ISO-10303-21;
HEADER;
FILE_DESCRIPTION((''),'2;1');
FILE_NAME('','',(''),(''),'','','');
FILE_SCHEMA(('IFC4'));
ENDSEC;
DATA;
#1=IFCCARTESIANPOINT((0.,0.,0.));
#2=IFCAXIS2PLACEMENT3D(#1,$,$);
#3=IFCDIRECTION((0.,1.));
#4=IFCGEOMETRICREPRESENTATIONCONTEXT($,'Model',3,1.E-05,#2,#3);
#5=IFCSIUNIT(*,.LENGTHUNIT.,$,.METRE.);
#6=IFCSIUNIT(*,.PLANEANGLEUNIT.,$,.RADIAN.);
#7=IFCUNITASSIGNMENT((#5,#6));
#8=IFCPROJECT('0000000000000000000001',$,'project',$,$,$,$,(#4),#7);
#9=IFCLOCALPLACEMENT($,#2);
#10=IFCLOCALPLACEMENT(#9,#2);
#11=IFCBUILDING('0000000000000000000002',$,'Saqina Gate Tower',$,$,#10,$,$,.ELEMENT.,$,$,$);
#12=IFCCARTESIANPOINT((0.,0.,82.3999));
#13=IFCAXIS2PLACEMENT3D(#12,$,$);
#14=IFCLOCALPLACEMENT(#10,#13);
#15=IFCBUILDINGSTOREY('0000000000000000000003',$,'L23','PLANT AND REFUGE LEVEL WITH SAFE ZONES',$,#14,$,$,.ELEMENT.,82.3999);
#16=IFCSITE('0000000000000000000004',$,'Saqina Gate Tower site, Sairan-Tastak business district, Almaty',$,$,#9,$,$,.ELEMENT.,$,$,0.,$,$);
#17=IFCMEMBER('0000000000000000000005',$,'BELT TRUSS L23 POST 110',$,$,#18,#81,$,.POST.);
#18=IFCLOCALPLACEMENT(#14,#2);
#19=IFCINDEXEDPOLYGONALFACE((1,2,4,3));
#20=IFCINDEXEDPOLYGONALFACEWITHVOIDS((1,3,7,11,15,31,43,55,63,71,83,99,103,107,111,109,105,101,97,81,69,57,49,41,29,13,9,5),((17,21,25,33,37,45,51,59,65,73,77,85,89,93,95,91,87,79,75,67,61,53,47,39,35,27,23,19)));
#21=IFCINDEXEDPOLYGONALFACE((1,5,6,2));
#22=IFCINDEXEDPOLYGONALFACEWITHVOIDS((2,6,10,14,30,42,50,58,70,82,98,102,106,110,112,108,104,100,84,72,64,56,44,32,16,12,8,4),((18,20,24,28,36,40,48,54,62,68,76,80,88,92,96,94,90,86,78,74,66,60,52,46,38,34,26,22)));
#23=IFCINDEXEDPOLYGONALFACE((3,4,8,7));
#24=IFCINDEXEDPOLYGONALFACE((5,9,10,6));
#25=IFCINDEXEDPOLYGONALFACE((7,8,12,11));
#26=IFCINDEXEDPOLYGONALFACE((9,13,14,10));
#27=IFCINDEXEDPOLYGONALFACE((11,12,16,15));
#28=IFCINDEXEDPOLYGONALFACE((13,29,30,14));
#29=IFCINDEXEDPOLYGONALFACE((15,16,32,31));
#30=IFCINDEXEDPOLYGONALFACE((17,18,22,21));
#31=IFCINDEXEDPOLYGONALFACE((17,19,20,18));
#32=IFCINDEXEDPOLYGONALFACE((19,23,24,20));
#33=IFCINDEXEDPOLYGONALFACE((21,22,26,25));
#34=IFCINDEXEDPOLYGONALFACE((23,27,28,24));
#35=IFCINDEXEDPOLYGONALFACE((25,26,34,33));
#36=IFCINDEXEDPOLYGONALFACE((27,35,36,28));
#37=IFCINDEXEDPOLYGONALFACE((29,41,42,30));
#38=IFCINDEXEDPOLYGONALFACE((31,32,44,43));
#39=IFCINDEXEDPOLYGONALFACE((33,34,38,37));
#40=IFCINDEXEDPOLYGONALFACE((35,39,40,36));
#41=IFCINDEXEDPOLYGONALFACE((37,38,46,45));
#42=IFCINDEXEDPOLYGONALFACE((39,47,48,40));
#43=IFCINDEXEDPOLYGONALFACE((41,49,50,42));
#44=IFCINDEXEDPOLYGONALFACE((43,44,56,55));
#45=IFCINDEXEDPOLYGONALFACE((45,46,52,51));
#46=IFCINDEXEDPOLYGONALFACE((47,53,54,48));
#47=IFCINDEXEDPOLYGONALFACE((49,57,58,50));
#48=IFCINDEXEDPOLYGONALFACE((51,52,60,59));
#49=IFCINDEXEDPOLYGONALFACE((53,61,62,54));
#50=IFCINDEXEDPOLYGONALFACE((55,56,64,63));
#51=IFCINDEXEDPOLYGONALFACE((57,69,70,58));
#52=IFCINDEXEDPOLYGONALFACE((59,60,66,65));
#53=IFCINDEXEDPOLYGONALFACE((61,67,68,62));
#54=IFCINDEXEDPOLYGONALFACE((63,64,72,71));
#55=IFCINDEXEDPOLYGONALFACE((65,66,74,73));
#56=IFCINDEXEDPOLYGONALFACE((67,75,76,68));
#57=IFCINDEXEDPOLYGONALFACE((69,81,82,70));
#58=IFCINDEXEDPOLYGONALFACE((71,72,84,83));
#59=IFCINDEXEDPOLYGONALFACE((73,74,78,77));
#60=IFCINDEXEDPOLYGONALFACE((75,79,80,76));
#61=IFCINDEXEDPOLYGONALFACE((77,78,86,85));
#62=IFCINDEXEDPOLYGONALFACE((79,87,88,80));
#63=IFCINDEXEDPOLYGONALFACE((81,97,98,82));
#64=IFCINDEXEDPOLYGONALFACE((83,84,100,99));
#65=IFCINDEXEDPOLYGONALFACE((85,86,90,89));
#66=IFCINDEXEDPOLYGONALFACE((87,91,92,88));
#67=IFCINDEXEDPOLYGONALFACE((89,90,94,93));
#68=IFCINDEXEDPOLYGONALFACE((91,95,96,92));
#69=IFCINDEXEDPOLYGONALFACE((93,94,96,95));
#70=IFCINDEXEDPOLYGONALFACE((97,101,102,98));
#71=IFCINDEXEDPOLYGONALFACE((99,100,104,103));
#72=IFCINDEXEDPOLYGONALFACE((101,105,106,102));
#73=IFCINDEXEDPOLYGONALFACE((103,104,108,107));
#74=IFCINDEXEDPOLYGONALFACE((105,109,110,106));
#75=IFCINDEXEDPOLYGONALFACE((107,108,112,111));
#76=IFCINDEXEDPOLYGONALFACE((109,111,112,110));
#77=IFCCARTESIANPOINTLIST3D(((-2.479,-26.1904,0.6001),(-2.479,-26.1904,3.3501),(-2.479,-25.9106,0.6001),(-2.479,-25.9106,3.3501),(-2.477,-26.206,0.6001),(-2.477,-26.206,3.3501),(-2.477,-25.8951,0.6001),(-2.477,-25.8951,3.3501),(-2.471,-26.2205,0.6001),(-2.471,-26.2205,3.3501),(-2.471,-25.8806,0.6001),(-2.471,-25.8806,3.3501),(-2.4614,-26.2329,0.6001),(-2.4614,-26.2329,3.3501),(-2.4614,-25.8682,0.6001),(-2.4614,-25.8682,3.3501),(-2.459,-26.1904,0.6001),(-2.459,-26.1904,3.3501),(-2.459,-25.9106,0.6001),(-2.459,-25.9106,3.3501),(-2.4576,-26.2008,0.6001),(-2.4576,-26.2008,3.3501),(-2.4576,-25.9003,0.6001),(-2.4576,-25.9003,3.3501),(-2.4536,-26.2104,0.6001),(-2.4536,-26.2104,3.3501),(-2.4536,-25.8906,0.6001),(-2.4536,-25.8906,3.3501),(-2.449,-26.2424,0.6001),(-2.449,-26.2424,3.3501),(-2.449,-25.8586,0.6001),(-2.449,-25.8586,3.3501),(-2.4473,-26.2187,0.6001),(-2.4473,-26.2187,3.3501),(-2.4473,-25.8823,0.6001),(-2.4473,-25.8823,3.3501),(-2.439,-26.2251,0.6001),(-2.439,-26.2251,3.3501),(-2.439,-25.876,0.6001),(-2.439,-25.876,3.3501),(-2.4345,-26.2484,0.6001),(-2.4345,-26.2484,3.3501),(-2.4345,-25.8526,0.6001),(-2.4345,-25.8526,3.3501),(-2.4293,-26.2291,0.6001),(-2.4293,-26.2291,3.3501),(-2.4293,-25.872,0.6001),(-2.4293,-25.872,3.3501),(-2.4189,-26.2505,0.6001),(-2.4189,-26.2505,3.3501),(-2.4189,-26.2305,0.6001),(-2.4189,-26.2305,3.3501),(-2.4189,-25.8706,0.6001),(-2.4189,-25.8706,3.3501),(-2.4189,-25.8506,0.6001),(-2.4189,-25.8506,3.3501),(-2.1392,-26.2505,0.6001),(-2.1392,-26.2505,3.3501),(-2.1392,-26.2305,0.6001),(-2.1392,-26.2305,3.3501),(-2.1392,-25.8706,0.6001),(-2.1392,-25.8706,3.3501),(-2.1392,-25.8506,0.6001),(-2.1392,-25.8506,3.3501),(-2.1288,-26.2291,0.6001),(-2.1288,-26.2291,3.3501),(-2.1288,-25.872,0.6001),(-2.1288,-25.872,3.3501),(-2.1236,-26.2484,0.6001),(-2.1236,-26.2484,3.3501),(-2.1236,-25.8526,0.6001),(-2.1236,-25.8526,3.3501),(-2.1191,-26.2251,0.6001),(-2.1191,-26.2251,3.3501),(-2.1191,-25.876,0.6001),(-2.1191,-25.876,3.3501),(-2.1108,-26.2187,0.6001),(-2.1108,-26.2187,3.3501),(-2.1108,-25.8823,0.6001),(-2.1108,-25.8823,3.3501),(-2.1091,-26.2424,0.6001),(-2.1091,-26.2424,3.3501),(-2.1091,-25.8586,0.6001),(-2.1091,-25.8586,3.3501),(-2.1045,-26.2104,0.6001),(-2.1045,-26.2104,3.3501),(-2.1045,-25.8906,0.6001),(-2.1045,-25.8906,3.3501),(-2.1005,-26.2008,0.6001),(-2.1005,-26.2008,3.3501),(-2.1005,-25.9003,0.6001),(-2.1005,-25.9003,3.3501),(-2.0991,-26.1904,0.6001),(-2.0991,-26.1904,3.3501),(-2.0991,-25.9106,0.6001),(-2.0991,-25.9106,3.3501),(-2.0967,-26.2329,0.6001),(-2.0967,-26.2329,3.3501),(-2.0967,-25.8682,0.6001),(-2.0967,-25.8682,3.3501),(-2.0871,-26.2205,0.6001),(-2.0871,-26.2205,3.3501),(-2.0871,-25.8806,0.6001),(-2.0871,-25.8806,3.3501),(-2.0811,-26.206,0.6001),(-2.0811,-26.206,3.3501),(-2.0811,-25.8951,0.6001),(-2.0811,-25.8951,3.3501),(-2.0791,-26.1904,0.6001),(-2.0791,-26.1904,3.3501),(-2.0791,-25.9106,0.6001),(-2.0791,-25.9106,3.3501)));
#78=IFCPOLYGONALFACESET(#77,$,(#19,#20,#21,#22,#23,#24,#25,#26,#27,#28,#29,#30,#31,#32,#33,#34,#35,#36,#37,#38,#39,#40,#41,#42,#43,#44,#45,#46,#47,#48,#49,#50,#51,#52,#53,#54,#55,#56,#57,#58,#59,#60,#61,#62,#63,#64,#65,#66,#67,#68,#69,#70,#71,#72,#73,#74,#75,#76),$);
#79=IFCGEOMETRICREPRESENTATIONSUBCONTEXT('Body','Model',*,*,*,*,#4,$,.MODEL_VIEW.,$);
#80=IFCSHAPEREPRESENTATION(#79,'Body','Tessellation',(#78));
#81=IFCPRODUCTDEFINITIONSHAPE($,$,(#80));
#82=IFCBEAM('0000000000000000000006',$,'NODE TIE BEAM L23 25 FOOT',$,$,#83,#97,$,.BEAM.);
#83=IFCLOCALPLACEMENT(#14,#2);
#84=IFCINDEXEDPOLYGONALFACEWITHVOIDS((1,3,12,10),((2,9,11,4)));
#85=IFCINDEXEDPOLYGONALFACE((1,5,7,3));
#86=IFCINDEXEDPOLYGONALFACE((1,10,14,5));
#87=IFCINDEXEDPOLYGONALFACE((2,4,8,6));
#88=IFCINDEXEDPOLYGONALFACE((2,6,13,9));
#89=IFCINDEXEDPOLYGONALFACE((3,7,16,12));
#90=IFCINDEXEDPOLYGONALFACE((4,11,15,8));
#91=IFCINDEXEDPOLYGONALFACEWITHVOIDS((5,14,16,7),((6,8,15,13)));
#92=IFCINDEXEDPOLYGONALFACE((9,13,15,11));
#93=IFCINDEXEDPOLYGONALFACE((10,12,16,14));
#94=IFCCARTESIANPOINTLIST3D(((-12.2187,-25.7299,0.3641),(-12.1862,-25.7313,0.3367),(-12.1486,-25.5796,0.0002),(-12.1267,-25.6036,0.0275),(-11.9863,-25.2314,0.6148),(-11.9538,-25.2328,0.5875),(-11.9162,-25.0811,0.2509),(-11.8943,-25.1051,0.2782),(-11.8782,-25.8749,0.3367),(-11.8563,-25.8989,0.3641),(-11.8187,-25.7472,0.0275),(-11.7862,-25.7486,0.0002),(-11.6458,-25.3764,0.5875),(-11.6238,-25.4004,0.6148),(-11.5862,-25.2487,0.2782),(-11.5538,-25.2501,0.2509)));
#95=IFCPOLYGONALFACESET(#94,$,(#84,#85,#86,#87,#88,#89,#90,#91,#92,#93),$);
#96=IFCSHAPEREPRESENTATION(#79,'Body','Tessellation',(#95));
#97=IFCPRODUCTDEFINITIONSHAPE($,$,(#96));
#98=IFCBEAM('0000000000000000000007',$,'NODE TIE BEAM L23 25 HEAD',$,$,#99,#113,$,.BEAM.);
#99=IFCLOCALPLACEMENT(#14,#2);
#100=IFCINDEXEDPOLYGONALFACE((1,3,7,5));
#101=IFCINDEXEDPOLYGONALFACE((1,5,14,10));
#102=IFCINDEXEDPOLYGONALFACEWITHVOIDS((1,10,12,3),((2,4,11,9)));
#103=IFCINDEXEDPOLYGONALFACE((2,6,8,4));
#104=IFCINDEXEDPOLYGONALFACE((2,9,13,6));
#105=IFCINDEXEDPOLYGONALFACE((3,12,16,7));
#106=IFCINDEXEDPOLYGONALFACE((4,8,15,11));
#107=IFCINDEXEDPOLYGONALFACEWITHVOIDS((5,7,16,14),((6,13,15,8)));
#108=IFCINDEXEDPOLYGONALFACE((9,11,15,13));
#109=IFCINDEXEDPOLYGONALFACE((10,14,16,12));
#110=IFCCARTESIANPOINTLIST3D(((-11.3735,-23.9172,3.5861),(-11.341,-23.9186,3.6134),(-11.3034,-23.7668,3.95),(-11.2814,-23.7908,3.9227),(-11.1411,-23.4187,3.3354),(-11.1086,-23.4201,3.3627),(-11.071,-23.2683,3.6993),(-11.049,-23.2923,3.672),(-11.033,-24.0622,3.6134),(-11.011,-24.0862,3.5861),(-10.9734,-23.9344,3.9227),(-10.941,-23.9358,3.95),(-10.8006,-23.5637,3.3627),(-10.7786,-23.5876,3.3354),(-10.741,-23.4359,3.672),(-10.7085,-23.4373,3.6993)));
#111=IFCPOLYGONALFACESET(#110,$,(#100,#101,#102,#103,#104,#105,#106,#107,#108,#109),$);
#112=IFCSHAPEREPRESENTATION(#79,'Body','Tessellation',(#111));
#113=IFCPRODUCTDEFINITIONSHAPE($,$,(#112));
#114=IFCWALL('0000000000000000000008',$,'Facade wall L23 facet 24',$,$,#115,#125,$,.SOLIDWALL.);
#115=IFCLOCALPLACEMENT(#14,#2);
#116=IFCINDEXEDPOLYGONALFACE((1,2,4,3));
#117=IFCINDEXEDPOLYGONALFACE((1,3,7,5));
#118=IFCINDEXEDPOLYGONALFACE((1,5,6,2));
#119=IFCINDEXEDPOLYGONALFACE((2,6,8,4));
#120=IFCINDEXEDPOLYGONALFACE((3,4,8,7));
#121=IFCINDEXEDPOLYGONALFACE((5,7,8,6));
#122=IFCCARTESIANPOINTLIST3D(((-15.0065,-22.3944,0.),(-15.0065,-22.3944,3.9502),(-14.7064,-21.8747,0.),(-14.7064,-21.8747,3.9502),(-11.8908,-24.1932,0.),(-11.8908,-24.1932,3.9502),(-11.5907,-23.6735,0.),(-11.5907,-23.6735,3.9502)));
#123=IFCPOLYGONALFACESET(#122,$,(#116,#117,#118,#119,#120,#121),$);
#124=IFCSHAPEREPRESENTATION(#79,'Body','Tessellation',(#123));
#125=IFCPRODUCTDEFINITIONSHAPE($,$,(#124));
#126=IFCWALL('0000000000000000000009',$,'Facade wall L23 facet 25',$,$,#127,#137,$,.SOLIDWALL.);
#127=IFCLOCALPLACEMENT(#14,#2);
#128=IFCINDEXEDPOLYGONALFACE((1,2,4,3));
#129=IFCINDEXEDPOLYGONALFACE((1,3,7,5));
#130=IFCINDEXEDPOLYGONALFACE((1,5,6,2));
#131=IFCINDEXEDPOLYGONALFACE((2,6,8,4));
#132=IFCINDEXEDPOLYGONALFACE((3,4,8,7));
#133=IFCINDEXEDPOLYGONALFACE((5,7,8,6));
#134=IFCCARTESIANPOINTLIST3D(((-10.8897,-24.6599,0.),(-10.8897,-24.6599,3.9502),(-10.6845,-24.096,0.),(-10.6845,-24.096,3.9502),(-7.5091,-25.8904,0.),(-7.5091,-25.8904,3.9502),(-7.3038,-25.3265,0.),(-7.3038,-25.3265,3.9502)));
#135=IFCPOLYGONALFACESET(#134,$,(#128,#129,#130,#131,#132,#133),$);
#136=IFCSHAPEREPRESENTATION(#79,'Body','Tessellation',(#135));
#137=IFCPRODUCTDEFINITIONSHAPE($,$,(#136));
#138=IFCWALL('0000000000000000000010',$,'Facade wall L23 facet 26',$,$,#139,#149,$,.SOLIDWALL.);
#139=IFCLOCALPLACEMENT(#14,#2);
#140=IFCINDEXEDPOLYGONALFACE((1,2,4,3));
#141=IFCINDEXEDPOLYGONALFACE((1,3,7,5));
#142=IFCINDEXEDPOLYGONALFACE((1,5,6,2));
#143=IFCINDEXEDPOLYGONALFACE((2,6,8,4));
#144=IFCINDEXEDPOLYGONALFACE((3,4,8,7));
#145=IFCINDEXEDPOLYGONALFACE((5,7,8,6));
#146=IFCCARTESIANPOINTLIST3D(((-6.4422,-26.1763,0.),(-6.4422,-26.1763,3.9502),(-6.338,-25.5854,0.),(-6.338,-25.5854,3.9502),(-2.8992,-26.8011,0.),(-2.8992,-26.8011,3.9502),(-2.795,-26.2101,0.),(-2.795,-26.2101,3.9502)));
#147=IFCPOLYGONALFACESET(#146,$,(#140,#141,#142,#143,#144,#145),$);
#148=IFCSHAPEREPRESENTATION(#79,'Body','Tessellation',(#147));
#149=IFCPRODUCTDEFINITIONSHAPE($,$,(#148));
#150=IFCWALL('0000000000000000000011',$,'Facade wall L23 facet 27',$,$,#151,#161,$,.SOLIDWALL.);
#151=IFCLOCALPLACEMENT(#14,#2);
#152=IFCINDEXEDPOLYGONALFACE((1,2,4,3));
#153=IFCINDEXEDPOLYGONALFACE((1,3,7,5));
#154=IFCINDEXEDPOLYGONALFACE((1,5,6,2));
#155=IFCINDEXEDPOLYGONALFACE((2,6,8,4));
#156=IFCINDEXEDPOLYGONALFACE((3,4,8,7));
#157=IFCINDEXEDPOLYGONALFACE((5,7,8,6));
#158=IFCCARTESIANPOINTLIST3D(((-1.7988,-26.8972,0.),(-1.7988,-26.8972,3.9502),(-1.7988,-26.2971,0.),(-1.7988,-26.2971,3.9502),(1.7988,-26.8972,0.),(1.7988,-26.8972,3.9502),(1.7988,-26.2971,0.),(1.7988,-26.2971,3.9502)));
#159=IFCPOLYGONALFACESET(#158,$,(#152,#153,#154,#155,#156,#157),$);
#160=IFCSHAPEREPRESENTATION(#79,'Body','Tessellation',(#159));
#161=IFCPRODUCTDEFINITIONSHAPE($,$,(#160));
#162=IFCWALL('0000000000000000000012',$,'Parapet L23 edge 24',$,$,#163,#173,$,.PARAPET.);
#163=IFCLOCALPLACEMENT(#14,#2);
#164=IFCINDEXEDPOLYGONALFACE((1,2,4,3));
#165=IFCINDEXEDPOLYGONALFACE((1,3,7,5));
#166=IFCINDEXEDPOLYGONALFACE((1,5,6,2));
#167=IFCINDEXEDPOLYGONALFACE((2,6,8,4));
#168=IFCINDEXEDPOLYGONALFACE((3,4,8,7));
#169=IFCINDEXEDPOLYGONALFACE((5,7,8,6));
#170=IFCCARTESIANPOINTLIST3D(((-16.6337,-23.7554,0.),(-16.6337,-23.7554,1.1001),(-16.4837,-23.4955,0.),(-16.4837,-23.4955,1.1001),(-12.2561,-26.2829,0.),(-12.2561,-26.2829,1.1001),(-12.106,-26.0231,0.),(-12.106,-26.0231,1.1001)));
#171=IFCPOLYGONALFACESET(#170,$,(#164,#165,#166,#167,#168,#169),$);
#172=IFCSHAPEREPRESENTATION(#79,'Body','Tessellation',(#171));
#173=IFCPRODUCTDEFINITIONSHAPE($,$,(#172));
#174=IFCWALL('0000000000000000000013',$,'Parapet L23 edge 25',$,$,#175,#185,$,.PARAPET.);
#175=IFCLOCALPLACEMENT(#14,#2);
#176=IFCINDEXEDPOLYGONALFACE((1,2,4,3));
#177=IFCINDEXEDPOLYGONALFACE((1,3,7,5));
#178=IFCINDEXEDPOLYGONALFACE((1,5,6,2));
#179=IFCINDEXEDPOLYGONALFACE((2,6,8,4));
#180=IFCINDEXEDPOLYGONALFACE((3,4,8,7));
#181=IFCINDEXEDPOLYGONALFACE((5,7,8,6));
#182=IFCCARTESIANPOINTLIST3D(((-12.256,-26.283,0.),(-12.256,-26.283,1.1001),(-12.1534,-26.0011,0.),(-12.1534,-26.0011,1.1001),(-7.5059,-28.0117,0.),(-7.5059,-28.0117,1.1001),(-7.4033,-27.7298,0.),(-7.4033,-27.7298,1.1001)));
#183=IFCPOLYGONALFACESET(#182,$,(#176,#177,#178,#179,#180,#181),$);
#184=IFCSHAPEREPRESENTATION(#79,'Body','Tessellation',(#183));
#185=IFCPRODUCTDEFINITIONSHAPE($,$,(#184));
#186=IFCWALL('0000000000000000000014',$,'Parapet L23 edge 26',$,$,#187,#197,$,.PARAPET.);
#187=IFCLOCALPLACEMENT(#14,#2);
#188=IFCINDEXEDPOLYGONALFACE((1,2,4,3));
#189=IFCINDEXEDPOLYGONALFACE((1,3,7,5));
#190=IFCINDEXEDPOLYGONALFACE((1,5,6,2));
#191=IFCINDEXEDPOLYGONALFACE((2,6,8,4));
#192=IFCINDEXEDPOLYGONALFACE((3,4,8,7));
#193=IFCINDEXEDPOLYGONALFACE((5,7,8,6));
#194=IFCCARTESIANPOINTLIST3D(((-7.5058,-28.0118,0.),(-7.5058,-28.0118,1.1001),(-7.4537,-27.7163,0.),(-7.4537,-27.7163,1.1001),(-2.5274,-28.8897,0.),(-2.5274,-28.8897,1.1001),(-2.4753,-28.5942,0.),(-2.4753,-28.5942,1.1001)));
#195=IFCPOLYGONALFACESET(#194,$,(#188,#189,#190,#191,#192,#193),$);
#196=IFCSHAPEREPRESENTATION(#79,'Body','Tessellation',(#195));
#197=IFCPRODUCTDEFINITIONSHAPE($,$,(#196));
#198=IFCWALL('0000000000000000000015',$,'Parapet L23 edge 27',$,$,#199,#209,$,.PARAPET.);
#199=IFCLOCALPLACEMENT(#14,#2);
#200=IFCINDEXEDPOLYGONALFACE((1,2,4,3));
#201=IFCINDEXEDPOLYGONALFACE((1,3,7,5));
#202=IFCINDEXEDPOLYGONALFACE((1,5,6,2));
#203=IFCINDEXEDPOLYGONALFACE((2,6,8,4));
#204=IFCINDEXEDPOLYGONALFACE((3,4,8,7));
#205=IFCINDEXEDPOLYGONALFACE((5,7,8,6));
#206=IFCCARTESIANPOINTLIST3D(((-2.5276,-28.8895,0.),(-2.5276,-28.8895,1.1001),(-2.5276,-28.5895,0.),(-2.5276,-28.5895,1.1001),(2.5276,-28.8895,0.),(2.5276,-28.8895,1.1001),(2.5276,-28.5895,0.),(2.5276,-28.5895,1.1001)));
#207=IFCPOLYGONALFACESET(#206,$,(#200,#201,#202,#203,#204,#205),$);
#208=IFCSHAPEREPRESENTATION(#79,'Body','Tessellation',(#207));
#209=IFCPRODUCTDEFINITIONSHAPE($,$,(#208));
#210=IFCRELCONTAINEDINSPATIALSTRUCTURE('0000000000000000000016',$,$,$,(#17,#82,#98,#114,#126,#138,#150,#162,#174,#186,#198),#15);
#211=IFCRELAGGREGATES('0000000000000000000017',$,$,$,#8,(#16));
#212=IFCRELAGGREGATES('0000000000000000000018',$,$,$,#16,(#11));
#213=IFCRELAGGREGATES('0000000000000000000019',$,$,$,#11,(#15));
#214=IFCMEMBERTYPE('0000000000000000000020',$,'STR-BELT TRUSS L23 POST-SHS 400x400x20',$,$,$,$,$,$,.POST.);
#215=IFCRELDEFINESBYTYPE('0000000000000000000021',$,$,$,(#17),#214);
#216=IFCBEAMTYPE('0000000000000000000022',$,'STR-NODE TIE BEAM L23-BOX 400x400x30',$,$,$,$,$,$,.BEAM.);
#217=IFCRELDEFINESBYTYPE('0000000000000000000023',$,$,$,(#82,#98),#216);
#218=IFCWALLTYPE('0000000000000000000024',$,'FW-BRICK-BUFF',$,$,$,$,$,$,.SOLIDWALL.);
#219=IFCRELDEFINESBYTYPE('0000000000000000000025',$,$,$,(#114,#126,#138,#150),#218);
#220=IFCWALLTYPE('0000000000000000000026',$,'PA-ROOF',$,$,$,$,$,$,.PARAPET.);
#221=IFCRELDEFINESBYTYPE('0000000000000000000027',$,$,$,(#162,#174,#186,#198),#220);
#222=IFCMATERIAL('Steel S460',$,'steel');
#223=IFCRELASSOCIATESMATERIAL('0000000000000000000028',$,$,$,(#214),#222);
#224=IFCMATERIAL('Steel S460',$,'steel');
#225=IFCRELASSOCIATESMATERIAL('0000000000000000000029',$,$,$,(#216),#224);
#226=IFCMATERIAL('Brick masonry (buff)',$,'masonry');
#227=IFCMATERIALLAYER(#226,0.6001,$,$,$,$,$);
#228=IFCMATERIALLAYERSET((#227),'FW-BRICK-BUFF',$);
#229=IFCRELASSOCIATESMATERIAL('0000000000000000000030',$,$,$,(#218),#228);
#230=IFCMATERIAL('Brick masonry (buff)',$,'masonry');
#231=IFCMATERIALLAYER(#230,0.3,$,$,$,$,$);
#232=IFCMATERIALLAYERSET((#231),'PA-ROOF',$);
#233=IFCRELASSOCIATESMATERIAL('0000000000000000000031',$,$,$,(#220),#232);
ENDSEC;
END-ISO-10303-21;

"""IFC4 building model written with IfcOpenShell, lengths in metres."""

from ifc_helpers import new_model, si_unit, direction, frame, frame_2d, origin, origin_2d, place, context, subcontext, project, spatial, rectangle, hollow_rectangle, extrude, material, layer, layer_set, material_profile, profile_set, type_object, element, save


model = new_model("IFC4")

# Units and contexts
model_context = context("Model", 3, precision=1e-05, world=origin(), true_north=direction((0.0, 1.0)))
body_context = subcontext(model_context, "Body", "Model", "MODEL_VIEW")
ifc_project = project(units=[si_unit("LENGTHUNIT", "METRE"), si_unit("PLANEANGLEUNIT", "RADIAN")], contexts=[model_context])

# Site, building, storey
site_placement = place(None, origin())
site = spatial("IfcSite", under=ifc_project, at=site_placement, Name="Saqina Gate Tower site, Sairan-Tastak business district, Almaty", CompositionType="ELEMENT", RefElevation=0.0)
building_placement = place(site_placement, origin())
building = spatial("IfcBuilding", under=site, at=building_placement, Name="Saqina Gate Tower", CompositionType="ELEMENT")
storey_placement = place(building_placement, frame((0.0, 0.0, 82.3999)))
storey = spatial("IfcBuildingStorey", under=building, at=storey_placement, Name="L23", Description="PLANT AND REFUGE LEVEL WITH SAFE ZONES", CompositionType="ELEMENT", Elevation=82.3999)

# Member
ifc_material_1 = material(Name="Steel S460", Category="steel")
ifc_material_profile_1 = material_profile(ifc_material_1, hollow_rectangle(XDim=0.3999, YDim=0.3999, WallThickness=0.02, InnerFilletRadius=0.04, OuterFilletRadius=0.0601, at=origin_2d()), Name="SHS 400x400x20")
ifc_profile_set_1 = profile_set([ifc_material_profile_1], Name="Steel S460")
member_type_1 = type_object("IfcMemberType", Name="STR-BELT TRUSS L23 POST-SHS 400x400x20", PredefinedType="POST", material=ifc_profile_set_1)
for number, where, z_axis, x_axis, name in (
    (1, (-2.2791, -26.0505, 0.6001), (0.0, 0.0, 1.0), (1.0, 0.0, 0.0), "BELT TRUSS L23 POST 110"),
):
    element("IfcMember", number, at=place(storey_placement, frame(where, z_axis=z_axis, x_axis=x_axis)), inside=storey, type_object=member_type_1, Name=name, PredefinedType="POST", context=body_context, shape_type="SweptSolid", body=[
        extrude(hollow_rectangle(XDim=0.3999, YDim=0.3999, WallThickness=0.02, InnerFilletRadius=0.04, OuterFilletRadius=0.0601, at=origin_2d()), origin(), (0.0, 0.0, 1.0), 2.75),
    ])

# Beams
ifc_material_2 = material(Name="Steel S460", Category="steel")
ifc_material_profile_2 = material_profile(ifc_material_2, hollow_rectangle(XDim=0.3999, YDim=0.3999, WallThickness=0.03, at=origin_2d()), Name="BOX 400x400x30")
ifc_profile_set_2 = profile_set([ifc_material_profile_2], Name="Steel S460")
beam_type = type_object("IfcBeamType", Name="STR-NODE TIE BEAM L23-BOX 400x400x30", PredefinedType="BEAM", material=ifc_profile_set_2)
for number, where, z_axis, x_axis, name in (
    (2, (-12.0024, -25.7393, 0.1821), (0.384484, 0.824702, 0.414774), (-0.906342, 0.422545, 0.0), "NODE TIE BEAM L23 25 FOOT"),
    (3, (-10.9248, -23.428, 3.5173), (-0.384484, -0.824702, 0.414774), (0.906342, -0.422545, 0.0), "NODE TIE BEAM L23 25 HEAD"),
):
    element("IfcBeam", number, at=place(storey_placement, frame(where, z_axis=z_axis, x_axis=x_axis)), inside=storey, type_object=beam_type, Name=name, PredefinedType="BEAM", context=body_context, shape_type="SweptSolid", body=[
        extrude(hollow_rectangle(XDim=0.3999, YDim=0.3999, WallThickness=0.03, at=origin_2d()), origin(), (0.0, 0.0, 1.0), 0.6045),
    ])

# Walls
ifc_material_3 = material(Name="Brick masonry (buff)", Category="masonry")
ifc_layer_1 = layer(ifc_material_3, 0.6001)
ifc_layer_set_1 = layer_set([ifc_layer_1], Name="FW-BRICK-BUFF")
wall_type_1 = type_object("IfcWallType", Name="FW-BRICK-BUFF", PredefinedType="SOLIDWALL", material=ifc_layer_set_1)
for number, where, z_axis, x_axis, name in (
    (4, (-14.8564, -22.1345, 0.0), (0.0, 0.0, 1.0), (0.86603, -0.499993, 0.0), "Facade wall L23 facet 24"),
    (5, (-10.7871, -24.3779, 0.0), (0.0, 0.0, 1.0), (0.93969, -0.342026, 0.0), "Facade wall L23 facet 25"),
    (6, (-6.3901, -25.8809, 0.0), (0.0, 0.0, 1.0), (0.984806, -0.173658, 0.0), "Facade wall L23 facet 26"),
    (7, (-1.7988, -26.5972, 0.0), (0.0, 0.0, 1.0), (1.0, 0.0, 0.0), "Facade wall L23 facet 27"),
):
    element("IfcWall", number, at=place(storey_placement, frame(where, z_axis=z_axis, x_axis=x_axis)), inside=storey, type_object=wall_type_1, Name=name, PredefinedType="SOLIDWALL", context=body_context, shape_type="SweptSolid", body=[
        extrude(rectangle(XDim=3.5977, YDim=0.6001, at=frame_2d((1.7988, 0.0))), origin(), (0.0, 0.0, 1.0), 3.9502),
    ])
ifc_material_4 = material(Name="Brick masonry (buff)", Category="masonry")
ifc_layer_2 = layer(ifc_material_4, 0.3)
ifc_layer_set_2 = layer_set([ifc_layer_2], Name="PA-ROOF")
wall_type_2 = type_object("IfcWallType", Name="PA-ROOF", PredefinedType="PARAPET", material=ifc_layer_set_2)
for number, where, z_axis, x_axis, name in (
    (8, (-16.5586, -23.6255, 0.0), (0.0, 0.0, 1.0), (0.866014, -0.500019, 0.0), "Parapet L23 edge 24"),
    (9, (-12.2046, -26.1421, 0.0), (0.0, 0.0, 1.0), (0.939705, -0.341987, 0.0), "Parapet L23 edge 25"),
):
    element("IfcWall", number, at=place(storey_placement, frame(where, z_axis=z_axis, x_axis=x_axis)), inside=storey, type_object=wall_type_2, Name=name, PredefinedType="PARAPET", context=body_context, shape_type="SweptSolid", body=[
        extrude(rectangle(XDim=5.0549, YDim=0.3, at=frame_2d((2.5273, 0.0))), origin(), (0.0, 0.0, 1.0), 1.1001),
    ])
for number, where, z_axis, x_axis, name in (
    (10, (-7.4797, -27.864, 0.0), (0.0, 0.0, 1.0), (0.984803, -0.173672, 0.0), "Parapet L23 edge 26"),
    (11, (-2.5276, -28.7395, 0.0), (0.0, 0.0, 1.0), (1.0, 0.0, 0.0), "Parapet L23 edge 27"),
):
    element("IfcWall", number, at=place(storey_placement, frame(where, z_axis=z_axis, x_axis=x_axis)), inside=storey, type_object=wall_type_2, Name=name, PredefinedType="PARAPET", context=body_context, shape_type="SweptSolid", body=[
        extrude(rectangle(XDim=5.0552, YDim=0.3, at=frame_2d((2.5276, 0.0))), origin(), (0.0, 0.0, 1.0), 1.1001),
    ])

save(model, "model.ifc")
